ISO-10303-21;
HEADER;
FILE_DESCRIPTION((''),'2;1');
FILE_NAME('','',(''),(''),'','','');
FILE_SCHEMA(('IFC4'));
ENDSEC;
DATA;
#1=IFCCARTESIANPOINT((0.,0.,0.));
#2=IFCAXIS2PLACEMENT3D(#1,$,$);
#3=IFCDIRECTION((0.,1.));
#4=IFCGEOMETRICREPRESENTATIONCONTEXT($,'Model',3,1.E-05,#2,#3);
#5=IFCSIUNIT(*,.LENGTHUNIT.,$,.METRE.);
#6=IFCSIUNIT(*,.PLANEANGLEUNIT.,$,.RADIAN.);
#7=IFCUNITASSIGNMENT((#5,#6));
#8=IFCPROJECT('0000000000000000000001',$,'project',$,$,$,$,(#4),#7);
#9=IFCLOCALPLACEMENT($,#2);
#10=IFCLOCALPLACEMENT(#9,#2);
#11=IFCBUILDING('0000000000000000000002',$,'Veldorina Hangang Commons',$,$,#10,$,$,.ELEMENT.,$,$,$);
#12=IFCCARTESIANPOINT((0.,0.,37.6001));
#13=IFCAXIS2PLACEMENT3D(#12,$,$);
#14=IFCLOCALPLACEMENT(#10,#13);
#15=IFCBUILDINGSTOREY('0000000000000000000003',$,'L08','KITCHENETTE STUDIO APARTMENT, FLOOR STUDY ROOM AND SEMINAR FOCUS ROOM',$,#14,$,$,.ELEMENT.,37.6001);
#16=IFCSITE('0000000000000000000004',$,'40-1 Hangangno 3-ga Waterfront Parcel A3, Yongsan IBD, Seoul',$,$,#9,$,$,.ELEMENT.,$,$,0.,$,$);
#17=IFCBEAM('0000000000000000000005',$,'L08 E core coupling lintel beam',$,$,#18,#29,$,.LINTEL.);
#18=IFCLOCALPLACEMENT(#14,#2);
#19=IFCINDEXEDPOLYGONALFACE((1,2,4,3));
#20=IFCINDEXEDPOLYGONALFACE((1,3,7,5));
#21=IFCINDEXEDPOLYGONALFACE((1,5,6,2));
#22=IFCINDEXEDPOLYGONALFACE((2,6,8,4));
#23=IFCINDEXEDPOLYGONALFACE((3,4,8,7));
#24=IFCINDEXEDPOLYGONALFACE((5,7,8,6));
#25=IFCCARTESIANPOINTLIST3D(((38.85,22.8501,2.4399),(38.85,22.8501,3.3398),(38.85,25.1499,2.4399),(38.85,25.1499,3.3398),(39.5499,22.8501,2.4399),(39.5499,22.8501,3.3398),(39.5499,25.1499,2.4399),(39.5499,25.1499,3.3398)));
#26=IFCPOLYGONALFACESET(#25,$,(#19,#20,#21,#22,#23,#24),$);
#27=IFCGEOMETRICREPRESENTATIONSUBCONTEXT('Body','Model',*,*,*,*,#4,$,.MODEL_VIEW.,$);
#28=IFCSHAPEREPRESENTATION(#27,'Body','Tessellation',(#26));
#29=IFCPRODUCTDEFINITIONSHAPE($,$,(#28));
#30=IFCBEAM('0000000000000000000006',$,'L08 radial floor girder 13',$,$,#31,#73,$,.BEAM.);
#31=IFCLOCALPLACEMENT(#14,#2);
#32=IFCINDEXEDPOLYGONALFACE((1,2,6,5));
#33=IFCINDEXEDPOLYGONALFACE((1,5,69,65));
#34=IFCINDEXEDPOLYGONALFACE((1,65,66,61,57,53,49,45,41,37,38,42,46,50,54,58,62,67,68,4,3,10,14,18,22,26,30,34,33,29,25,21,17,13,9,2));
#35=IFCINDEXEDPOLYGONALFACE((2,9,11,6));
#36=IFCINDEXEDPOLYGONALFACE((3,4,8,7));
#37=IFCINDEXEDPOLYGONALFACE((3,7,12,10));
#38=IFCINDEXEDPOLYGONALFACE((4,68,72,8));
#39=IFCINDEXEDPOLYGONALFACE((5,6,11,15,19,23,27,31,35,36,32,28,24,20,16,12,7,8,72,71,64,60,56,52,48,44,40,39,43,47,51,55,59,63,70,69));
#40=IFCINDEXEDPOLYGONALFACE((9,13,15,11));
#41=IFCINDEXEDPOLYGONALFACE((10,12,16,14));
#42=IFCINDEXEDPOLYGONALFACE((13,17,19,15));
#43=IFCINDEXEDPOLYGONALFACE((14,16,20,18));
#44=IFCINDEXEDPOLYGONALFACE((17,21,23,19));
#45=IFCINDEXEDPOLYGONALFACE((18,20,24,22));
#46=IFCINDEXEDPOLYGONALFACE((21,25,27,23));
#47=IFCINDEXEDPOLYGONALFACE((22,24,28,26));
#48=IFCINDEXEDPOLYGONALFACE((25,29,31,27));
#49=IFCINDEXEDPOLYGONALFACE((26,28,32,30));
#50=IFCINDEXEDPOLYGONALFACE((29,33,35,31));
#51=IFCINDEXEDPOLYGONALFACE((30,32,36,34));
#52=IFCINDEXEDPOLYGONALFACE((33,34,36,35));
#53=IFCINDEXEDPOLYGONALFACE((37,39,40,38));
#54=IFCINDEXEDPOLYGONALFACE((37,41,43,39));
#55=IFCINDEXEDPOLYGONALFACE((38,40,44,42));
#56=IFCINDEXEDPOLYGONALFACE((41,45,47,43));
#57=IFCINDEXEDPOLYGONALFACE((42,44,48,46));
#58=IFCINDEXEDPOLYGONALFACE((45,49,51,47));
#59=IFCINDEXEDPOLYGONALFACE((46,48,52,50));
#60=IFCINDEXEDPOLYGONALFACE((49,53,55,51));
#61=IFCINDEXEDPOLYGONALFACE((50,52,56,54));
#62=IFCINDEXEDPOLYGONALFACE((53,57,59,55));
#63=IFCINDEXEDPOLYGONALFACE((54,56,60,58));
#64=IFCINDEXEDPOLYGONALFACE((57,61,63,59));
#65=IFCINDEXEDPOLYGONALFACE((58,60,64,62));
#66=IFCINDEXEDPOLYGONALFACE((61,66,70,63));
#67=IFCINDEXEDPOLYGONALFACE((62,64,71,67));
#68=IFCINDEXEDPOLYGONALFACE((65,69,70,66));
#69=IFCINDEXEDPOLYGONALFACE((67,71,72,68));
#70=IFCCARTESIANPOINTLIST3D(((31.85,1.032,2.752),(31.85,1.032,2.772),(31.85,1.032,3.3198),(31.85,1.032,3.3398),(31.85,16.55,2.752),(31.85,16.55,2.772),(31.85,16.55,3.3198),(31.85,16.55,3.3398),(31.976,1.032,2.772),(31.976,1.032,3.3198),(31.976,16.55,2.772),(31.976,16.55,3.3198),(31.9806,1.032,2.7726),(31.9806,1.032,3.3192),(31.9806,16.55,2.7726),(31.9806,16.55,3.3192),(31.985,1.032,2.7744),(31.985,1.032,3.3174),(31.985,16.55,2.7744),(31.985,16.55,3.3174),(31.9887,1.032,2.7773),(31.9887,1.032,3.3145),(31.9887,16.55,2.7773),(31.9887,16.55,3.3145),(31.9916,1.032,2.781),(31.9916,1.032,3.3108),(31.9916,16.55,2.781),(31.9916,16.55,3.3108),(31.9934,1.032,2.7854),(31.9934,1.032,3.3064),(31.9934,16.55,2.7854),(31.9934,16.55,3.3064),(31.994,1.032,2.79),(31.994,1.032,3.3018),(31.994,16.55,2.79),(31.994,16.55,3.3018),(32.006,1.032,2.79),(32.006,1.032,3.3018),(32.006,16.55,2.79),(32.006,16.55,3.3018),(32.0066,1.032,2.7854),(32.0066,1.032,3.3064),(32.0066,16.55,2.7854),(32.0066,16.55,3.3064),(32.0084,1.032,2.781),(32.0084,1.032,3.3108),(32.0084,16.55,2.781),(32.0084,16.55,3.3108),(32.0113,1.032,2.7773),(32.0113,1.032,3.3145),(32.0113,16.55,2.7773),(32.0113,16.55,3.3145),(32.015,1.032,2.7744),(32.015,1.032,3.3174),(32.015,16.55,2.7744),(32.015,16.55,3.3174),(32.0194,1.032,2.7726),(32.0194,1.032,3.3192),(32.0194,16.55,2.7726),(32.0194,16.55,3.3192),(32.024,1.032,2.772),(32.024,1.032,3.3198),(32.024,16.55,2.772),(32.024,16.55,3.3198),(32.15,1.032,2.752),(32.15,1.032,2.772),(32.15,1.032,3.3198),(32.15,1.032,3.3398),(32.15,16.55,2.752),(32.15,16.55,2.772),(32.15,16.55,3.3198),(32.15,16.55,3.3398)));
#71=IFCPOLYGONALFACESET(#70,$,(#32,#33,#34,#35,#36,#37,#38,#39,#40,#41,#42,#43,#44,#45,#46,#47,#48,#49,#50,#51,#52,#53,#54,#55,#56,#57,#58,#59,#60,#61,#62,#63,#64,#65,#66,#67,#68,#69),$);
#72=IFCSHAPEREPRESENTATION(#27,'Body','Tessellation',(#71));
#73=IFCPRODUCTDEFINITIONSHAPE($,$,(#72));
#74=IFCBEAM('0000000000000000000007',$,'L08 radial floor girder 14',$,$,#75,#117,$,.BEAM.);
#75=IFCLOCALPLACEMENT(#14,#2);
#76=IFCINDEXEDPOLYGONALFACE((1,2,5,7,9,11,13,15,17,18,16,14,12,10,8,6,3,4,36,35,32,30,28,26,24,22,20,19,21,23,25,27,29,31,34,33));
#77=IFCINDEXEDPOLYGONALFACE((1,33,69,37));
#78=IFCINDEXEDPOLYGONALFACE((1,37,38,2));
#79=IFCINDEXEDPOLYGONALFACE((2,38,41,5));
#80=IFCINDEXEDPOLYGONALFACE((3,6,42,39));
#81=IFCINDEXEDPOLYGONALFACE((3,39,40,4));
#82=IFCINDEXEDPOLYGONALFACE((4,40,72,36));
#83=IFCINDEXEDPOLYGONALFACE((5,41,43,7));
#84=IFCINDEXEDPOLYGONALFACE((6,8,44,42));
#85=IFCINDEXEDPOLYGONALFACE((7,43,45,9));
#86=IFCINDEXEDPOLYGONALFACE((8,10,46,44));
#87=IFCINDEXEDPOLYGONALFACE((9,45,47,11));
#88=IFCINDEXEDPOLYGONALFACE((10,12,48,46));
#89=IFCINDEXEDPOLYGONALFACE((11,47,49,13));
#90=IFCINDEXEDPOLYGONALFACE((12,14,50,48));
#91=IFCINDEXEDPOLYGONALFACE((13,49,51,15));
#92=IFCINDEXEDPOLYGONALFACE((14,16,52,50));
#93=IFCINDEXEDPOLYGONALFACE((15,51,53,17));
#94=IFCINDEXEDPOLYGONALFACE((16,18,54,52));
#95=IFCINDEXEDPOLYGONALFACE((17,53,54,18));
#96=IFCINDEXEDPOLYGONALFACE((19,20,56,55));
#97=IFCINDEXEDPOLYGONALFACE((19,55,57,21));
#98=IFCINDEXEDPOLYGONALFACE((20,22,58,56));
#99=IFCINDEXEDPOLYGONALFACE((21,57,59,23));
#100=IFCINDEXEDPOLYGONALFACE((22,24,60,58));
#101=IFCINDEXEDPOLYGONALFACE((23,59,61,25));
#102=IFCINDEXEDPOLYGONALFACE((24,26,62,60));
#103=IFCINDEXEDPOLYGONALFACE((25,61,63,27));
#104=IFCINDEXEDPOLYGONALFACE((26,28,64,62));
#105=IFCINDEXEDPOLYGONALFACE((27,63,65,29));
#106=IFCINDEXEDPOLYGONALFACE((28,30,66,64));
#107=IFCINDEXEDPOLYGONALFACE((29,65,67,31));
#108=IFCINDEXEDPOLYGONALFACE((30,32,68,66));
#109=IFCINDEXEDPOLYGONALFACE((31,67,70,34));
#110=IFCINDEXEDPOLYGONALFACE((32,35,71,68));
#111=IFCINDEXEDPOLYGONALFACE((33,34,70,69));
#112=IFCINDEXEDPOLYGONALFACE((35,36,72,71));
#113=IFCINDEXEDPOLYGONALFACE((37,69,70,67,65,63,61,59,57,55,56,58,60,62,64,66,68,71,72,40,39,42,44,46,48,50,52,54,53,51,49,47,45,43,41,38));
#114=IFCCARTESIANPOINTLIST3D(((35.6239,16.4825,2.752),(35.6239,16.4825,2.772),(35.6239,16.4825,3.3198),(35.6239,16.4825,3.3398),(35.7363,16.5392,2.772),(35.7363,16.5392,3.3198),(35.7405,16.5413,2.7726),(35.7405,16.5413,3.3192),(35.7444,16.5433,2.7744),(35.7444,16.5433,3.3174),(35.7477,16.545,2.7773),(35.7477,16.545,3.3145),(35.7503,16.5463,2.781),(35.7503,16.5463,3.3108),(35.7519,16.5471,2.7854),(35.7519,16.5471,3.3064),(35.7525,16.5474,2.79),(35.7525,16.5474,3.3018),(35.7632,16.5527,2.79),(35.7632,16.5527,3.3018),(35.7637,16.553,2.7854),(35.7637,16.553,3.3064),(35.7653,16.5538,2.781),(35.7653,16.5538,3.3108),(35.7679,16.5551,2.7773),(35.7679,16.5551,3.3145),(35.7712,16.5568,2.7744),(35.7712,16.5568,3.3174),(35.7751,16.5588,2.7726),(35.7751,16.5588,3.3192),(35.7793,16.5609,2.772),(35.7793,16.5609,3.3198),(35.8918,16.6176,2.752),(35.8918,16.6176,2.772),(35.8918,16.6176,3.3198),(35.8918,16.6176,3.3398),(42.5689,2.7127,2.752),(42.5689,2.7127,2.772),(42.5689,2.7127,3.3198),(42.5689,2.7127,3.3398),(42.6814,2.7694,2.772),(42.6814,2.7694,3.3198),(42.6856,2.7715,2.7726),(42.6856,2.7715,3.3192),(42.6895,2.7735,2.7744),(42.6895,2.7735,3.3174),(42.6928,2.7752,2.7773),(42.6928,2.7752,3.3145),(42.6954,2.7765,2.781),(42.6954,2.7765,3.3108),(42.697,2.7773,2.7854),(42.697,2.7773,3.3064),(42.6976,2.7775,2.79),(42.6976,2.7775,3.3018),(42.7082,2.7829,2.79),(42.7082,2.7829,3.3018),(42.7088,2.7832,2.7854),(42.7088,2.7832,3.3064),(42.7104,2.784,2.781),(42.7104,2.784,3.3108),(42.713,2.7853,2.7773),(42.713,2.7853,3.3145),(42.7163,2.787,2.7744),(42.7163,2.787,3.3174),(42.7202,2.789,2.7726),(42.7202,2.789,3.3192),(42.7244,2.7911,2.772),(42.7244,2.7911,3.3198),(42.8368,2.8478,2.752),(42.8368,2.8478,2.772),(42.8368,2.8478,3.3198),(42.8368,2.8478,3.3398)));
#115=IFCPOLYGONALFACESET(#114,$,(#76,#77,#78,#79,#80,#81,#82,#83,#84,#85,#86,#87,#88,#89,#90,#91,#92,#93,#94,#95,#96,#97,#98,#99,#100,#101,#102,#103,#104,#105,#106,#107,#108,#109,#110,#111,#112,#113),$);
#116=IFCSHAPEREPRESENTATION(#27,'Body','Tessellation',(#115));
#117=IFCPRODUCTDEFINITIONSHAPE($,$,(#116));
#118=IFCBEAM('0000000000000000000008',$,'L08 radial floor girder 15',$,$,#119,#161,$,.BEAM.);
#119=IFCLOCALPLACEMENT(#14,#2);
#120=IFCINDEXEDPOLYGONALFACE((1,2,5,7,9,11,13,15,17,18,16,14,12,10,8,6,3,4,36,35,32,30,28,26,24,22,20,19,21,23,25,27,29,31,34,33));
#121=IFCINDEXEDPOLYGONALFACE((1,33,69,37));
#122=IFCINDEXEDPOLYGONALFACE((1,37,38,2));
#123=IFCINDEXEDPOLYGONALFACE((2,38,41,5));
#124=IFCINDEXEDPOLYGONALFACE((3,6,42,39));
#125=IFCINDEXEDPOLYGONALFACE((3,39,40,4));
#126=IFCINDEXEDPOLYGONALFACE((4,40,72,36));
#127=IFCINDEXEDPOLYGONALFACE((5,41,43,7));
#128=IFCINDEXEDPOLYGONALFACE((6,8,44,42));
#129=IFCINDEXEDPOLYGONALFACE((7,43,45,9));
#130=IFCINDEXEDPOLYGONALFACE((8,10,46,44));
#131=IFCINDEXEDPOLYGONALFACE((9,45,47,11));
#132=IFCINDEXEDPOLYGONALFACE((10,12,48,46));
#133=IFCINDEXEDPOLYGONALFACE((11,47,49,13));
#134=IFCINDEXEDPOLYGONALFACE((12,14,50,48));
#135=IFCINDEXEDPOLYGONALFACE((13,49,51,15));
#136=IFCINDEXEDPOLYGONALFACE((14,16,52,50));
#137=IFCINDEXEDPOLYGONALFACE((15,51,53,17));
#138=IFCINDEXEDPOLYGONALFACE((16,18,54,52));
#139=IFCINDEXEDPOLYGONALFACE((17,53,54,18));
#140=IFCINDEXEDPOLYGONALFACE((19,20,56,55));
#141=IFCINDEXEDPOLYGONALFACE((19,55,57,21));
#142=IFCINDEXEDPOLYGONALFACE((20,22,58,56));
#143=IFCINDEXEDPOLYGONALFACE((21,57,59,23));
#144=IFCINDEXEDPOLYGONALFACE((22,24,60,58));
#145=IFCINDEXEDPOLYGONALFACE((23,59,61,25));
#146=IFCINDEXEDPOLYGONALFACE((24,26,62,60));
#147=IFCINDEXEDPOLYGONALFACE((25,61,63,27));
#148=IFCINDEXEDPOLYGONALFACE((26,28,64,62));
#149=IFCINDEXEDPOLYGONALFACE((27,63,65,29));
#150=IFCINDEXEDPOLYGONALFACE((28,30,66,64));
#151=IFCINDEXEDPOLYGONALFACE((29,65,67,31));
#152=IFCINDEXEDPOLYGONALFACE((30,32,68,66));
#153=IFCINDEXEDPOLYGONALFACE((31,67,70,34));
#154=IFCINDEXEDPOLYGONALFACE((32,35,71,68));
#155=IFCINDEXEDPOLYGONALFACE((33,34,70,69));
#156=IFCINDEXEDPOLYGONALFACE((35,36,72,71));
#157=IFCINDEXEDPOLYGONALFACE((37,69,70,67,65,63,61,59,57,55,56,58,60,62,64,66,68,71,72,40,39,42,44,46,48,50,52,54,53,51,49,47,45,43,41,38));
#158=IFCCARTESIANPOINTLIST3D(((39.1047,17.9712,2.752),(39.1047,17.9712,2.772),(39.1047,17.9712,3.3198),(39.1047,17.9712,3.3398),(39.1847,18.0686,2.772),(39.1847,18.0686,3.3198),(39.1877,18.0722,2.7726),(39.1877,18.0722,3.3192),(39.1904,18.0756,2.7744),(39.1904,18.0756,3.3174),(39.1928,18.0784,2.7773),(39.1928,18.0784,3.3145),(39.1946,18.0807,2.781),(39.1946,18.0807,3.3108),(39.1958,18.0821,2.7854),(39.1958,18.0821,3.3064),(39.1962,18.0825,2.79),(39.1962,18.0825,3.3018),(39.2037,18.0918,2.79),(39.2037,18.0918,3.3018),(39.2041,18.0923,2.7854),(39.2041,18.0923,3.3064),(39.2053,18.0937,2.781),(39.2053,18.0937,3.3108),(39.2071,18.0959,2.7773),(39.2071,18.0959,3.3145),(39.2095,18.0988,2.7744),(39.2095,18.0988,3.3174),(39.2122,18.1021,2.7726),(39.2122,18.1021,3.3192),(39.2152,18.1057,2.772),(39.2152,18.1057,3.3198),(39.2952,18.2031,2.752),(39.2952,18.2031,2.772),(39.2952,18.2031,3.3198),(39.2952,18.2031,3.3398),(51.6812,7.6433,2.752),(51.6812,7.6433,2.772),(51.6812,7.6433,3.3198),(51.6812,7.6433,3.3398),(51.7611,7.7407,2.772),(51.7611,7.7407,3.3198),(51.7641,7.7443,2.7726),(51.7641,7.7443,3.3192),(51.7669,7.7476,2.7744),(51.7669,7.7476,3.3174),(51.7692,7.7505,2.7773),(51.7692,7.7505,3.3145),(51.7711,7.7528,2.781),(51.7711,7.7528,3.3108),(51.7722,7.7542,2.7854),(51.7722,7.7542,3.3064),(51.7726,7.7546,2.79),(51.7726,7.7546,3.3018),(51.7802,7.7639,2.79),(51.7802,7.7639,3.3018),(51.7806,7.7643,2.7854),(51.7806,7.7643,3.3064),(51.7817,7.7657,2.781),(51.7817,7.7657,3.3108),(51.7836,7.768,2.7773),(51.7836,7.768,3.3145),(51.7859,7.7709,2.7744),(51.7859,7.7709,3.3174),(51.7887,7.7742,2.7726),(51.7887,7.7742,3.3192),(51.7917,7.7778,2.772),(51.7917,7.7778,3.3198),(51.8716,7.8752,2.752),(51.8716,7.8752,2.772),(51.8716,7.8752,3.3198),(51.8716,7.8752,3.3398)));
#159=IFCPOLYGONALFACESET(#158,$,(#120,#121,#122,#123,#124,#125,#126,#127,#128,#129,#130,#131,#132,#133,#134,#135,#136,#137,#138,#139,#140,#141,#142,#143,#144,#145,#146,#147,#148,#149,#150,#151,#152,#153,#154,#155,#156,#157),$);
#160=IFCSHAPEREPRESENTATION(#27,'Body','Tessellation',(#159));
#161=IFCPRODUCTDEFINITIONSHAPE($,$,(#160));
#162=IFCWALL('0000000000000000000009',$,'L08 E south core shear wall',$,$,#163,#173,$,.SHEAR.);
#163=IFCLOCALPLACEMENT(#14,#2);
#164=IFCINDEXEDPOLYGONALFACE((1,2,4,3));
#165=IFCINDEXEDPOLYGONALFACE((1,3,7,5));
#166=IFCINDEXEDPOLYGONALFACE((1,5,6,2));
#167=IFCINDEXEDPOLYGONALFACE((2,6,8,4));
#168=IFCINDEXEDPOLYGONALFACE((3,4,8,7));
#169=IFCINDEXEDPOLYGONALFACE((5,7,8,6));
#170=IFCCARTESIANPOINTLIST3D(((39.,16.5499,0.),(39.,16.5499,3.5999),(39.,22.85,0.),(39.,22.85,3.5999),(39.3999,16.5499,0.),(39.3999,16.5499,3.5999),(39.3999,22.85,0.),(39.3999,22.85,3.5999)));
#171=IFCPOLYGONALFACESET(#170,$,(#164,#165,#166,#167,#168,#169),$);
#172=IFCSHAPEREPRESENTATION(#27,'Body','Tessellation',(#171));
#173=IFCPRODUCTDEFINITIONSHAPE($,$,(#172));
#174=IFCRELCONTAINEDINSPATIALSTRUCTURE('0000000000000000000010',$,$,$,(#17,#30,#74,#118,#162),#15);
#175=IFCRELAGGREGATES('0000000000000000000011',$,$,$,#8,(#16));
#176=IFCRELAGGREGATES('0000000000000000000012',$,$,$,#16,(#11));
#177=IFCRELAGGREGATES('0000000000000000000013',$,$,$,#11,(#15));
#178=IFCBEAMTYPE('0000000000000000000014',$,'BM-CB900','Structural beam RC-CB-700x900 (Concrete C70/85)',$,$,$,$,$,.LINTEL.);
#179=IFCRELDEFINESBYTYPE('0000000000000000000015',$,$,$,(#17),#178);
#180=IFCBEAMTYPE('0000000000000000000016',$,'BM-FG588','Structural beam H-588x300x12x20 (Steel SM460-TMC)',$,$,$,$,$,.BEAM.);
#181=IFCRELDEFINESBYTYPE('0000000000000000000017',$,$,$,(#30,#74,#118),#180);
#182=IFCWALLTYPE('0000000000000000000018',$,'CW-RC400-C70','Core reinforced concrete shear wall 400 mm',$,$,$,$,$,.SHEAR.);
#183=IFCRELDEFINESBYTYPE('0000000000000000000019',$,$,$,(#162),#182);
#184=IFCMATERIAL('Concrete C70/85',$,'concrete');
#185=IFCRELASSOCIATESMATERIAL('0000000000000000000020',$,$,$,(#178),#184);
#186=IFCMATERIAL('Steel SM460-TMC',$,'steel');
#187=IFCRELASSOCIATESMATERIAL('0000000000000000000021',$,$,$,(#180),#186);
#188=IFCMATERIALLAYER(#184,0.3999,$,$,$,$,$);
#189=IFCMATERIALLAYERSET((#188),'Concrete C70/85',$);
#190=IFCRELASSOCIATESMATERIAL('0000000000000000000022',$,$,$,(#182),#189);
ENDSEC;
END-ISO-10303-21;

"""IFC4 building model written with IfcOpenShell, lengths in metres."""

from ifc_helpers import new_model, si_unit, direction, frame, frame_2d, origin, origin_2d, place, context, subcontext, project, spatial, rectangle, i_section, extrude, material, layer, layer_set, material_profile, profile_set, type_object, element, save


model = new_model("IFC4")

# Units and contexts
model_context = context("Model", 3, precision=1e-05, world=origin(), true_north=direction((0.0, 1.0)))
body_context = subcontext(model_context, "Body", "Model", "MODEL_VIEW")
ifc_project = project(units=[si_unit("LENGTHUNIT", "METRE"), si_unit("PLANEANGLEUNIT", "RADIAN")], contexts=[model_context])

# Site, building, storey
site_placement = place(None, origin())
site = spatial("IfcSite", under=ifc_project, at=site_placement, Name="40-1 Hangangno 3-ga Waterfront Parcel A3, Yongsan IBD, Seoul", CompositionType="ELEMENT", RefElevation=0.0)
building_placement = place(site_placement, origin())
building = spatial("IfcBuilding", under=site, at=building_placement, Name="Veldorina Hangang Commons", CompositionType="ELEMENT")
storey_placement = place(building_placement, frame((0.0, 0.0, 37.6001)))
storey = spatial("IfcBuildingStorey", under=building, at=storey_placement, Name="L08", Description="KITCHENETTE STUDIO APARTMENT, FLOOR STUDY ROOM AND SEMINAR FOCUS ROOM", CompositionType="ELEMENT", Elevation=37.6001)

# Beams
ifc_material_1 = material(Name="Concrete C70/85", Category="concrete")
ifc_material_profile_1 = material_profile(ifc_material_1, rectangle(XDim=0.7, YDim=0.8999, at=origin_2d()), Name="RC-CB-700x900")
ifc_profile_set_1 = profile_set([ifc_material_profile_1], Name="Concrete C70/85")
beam_type_1 = type_object("IfcBeamType", Name="BM-CB900", Description="Structural beam RC-CB-700x900 (Concrete C70/85)", PredefinedType="LINTEL", material=ifc_profile_set_1)
beam_1_placement = place(storey_placement, frame((39.2, 22.8501, 2.8899), z_axis=(0.0, 1.0, 0.0), x_axis=(-1.0, 0.0, 0.0)))
element("IfcBeam", 1, at=beam_1_placement, inside=storey, type_object=beam_type_1, Name="L08 E core coupling lintel beam", PredefinedType="LINTEL", context=body_context, shape_type="SweptSolid", body=[
    extrude(rectangle(XDim=0.7, YDim=0.8999, at=origin_2d()), origin(), (0.0, 0.0, 1.0), 2.2998),
])
ifc_material_2 = material(Name="Steel SM460-TMC", Category="steel")
ifc_material_profile_2 = material_profile(ifc_material_2, i_section(OverallWidth=0.3, OverallDepth=0.5879, WebThickness=0.012, FlangeThickness=0.02, FilletRadius=0.0181, at=origin_2d()), Name="H-588x300x12x20")
ifc_profile_set_2 = profile_set([ifc_material_profile_2], Name="Steel SM460-TMC")
beam_type_2 = type_object("IfcBeamType", Name="BM-FG588", Description="Structural beam H-588x300x12x20 (Steel SM460-TMC)", PredefinedType="BEAM", material=ifc_profile_set_2)
beam_2_placement = place(storey_placement, frame((32.0, 16.55, 3.0459), z_axis=(0.0, -1.0, 0.0), x_axis=(1.0, 0.0, 0.0)))
element("IfcBeam", 2, at=beam_2_placement, inside=storey, type_object=beam_type_2, Name="L08 radial floor girder 13", PredefinedType="BEAM", context=body_context, shape_type="SweptSolid", body=[
    extrude(i_section(OverallWidth=0.3, OverallDepth=0.5879, WebThickness=0.012, FlangeThickness=0.02, FilletRadius=0.0181, at=origin_2d()), origin(), (0.0, 0.0, 1.0), 15.5181),
])
beam_3_placement = place(storey_placement, frame((35.7578, 16.55, 3.0459), z_axis=(0.450333, -0.892861, 0.0), x_axis=(0.892861, 0.450333, 0.0)))
element("IfcBeam", 3, at=beam_3_placement, inside=storey, type_object=beam_type_2, Name="L08 radial floor girder 14", PredefinedType="BEAM", context=body_context, shape_type="SweptSolid", body=[
    extrude(i_section(OverallWidth=0.3, OverallDepth=0.5879, WebThickness=0.012, FlangeThickness=0.02, FilletRadius=0.0181, at=origin_2d()), origin(), (0.0, 0.0, 1.0), 15.4221),
])
beam_4_placement = place(storey_placement, frame((39.2, 18.0872, 3.0459), z_axis=(0.772809, -0.634639, 0.0), x_axis=(0.634639, 0.772809, 0.0)))
element("IfcBeam", 4, at=beam_4_placement, inside=storey, type_object=beam_type_2, Name="L08 radial floor girder 15", PredefinedType="BEAM", context=body_context, shape_type="SweptSolid", body=[
    extrude(i_section(OverallWidth=0.3, OverallDepth=0.5879, WebThickness=0.012, FlangeThickness=0.02, FilletRadius=0.0181, at=origin_2d()), origin(), (0.0, 0.0, 1.0), 16.2737),
])

# Wall
ifc_layer_1 = layer(ifc_material_1, 0.3999)
ifc_layer_set_1 = layer_set([ifc_layer_1], Name="Concrete C70/85")
wall_type_1 = type_object("IfcWallType", Name="CW-RC400-C70", Description="Core reinforced concrete shear wall 400 mm", PredefinedType="SHEAR", material=ifc_layer_set_1)
wall_1_placement = place(storey_placement, frame((39.2, 16.55, 0.0), z_axis=(0.0, 0.0, 1.0), x_axis=(0.0, 1.0, 0.0)))
element("IfcWall", 5, at=wall_1_placement, inside=storey, type_object=wall_type_1, Name="L08 E south core shear wall", PredefinedType="SHEAR", context=body_context, shape_type="SweptSolid", body=[
    extrude(rectangle(XDim=6.3, YDim=0.3999, at=frame_2d((3.1499, 0.0))), origin(), (0.0, 0.0, 1.0), 3.5999),
])

save(model, "model.ifc")
